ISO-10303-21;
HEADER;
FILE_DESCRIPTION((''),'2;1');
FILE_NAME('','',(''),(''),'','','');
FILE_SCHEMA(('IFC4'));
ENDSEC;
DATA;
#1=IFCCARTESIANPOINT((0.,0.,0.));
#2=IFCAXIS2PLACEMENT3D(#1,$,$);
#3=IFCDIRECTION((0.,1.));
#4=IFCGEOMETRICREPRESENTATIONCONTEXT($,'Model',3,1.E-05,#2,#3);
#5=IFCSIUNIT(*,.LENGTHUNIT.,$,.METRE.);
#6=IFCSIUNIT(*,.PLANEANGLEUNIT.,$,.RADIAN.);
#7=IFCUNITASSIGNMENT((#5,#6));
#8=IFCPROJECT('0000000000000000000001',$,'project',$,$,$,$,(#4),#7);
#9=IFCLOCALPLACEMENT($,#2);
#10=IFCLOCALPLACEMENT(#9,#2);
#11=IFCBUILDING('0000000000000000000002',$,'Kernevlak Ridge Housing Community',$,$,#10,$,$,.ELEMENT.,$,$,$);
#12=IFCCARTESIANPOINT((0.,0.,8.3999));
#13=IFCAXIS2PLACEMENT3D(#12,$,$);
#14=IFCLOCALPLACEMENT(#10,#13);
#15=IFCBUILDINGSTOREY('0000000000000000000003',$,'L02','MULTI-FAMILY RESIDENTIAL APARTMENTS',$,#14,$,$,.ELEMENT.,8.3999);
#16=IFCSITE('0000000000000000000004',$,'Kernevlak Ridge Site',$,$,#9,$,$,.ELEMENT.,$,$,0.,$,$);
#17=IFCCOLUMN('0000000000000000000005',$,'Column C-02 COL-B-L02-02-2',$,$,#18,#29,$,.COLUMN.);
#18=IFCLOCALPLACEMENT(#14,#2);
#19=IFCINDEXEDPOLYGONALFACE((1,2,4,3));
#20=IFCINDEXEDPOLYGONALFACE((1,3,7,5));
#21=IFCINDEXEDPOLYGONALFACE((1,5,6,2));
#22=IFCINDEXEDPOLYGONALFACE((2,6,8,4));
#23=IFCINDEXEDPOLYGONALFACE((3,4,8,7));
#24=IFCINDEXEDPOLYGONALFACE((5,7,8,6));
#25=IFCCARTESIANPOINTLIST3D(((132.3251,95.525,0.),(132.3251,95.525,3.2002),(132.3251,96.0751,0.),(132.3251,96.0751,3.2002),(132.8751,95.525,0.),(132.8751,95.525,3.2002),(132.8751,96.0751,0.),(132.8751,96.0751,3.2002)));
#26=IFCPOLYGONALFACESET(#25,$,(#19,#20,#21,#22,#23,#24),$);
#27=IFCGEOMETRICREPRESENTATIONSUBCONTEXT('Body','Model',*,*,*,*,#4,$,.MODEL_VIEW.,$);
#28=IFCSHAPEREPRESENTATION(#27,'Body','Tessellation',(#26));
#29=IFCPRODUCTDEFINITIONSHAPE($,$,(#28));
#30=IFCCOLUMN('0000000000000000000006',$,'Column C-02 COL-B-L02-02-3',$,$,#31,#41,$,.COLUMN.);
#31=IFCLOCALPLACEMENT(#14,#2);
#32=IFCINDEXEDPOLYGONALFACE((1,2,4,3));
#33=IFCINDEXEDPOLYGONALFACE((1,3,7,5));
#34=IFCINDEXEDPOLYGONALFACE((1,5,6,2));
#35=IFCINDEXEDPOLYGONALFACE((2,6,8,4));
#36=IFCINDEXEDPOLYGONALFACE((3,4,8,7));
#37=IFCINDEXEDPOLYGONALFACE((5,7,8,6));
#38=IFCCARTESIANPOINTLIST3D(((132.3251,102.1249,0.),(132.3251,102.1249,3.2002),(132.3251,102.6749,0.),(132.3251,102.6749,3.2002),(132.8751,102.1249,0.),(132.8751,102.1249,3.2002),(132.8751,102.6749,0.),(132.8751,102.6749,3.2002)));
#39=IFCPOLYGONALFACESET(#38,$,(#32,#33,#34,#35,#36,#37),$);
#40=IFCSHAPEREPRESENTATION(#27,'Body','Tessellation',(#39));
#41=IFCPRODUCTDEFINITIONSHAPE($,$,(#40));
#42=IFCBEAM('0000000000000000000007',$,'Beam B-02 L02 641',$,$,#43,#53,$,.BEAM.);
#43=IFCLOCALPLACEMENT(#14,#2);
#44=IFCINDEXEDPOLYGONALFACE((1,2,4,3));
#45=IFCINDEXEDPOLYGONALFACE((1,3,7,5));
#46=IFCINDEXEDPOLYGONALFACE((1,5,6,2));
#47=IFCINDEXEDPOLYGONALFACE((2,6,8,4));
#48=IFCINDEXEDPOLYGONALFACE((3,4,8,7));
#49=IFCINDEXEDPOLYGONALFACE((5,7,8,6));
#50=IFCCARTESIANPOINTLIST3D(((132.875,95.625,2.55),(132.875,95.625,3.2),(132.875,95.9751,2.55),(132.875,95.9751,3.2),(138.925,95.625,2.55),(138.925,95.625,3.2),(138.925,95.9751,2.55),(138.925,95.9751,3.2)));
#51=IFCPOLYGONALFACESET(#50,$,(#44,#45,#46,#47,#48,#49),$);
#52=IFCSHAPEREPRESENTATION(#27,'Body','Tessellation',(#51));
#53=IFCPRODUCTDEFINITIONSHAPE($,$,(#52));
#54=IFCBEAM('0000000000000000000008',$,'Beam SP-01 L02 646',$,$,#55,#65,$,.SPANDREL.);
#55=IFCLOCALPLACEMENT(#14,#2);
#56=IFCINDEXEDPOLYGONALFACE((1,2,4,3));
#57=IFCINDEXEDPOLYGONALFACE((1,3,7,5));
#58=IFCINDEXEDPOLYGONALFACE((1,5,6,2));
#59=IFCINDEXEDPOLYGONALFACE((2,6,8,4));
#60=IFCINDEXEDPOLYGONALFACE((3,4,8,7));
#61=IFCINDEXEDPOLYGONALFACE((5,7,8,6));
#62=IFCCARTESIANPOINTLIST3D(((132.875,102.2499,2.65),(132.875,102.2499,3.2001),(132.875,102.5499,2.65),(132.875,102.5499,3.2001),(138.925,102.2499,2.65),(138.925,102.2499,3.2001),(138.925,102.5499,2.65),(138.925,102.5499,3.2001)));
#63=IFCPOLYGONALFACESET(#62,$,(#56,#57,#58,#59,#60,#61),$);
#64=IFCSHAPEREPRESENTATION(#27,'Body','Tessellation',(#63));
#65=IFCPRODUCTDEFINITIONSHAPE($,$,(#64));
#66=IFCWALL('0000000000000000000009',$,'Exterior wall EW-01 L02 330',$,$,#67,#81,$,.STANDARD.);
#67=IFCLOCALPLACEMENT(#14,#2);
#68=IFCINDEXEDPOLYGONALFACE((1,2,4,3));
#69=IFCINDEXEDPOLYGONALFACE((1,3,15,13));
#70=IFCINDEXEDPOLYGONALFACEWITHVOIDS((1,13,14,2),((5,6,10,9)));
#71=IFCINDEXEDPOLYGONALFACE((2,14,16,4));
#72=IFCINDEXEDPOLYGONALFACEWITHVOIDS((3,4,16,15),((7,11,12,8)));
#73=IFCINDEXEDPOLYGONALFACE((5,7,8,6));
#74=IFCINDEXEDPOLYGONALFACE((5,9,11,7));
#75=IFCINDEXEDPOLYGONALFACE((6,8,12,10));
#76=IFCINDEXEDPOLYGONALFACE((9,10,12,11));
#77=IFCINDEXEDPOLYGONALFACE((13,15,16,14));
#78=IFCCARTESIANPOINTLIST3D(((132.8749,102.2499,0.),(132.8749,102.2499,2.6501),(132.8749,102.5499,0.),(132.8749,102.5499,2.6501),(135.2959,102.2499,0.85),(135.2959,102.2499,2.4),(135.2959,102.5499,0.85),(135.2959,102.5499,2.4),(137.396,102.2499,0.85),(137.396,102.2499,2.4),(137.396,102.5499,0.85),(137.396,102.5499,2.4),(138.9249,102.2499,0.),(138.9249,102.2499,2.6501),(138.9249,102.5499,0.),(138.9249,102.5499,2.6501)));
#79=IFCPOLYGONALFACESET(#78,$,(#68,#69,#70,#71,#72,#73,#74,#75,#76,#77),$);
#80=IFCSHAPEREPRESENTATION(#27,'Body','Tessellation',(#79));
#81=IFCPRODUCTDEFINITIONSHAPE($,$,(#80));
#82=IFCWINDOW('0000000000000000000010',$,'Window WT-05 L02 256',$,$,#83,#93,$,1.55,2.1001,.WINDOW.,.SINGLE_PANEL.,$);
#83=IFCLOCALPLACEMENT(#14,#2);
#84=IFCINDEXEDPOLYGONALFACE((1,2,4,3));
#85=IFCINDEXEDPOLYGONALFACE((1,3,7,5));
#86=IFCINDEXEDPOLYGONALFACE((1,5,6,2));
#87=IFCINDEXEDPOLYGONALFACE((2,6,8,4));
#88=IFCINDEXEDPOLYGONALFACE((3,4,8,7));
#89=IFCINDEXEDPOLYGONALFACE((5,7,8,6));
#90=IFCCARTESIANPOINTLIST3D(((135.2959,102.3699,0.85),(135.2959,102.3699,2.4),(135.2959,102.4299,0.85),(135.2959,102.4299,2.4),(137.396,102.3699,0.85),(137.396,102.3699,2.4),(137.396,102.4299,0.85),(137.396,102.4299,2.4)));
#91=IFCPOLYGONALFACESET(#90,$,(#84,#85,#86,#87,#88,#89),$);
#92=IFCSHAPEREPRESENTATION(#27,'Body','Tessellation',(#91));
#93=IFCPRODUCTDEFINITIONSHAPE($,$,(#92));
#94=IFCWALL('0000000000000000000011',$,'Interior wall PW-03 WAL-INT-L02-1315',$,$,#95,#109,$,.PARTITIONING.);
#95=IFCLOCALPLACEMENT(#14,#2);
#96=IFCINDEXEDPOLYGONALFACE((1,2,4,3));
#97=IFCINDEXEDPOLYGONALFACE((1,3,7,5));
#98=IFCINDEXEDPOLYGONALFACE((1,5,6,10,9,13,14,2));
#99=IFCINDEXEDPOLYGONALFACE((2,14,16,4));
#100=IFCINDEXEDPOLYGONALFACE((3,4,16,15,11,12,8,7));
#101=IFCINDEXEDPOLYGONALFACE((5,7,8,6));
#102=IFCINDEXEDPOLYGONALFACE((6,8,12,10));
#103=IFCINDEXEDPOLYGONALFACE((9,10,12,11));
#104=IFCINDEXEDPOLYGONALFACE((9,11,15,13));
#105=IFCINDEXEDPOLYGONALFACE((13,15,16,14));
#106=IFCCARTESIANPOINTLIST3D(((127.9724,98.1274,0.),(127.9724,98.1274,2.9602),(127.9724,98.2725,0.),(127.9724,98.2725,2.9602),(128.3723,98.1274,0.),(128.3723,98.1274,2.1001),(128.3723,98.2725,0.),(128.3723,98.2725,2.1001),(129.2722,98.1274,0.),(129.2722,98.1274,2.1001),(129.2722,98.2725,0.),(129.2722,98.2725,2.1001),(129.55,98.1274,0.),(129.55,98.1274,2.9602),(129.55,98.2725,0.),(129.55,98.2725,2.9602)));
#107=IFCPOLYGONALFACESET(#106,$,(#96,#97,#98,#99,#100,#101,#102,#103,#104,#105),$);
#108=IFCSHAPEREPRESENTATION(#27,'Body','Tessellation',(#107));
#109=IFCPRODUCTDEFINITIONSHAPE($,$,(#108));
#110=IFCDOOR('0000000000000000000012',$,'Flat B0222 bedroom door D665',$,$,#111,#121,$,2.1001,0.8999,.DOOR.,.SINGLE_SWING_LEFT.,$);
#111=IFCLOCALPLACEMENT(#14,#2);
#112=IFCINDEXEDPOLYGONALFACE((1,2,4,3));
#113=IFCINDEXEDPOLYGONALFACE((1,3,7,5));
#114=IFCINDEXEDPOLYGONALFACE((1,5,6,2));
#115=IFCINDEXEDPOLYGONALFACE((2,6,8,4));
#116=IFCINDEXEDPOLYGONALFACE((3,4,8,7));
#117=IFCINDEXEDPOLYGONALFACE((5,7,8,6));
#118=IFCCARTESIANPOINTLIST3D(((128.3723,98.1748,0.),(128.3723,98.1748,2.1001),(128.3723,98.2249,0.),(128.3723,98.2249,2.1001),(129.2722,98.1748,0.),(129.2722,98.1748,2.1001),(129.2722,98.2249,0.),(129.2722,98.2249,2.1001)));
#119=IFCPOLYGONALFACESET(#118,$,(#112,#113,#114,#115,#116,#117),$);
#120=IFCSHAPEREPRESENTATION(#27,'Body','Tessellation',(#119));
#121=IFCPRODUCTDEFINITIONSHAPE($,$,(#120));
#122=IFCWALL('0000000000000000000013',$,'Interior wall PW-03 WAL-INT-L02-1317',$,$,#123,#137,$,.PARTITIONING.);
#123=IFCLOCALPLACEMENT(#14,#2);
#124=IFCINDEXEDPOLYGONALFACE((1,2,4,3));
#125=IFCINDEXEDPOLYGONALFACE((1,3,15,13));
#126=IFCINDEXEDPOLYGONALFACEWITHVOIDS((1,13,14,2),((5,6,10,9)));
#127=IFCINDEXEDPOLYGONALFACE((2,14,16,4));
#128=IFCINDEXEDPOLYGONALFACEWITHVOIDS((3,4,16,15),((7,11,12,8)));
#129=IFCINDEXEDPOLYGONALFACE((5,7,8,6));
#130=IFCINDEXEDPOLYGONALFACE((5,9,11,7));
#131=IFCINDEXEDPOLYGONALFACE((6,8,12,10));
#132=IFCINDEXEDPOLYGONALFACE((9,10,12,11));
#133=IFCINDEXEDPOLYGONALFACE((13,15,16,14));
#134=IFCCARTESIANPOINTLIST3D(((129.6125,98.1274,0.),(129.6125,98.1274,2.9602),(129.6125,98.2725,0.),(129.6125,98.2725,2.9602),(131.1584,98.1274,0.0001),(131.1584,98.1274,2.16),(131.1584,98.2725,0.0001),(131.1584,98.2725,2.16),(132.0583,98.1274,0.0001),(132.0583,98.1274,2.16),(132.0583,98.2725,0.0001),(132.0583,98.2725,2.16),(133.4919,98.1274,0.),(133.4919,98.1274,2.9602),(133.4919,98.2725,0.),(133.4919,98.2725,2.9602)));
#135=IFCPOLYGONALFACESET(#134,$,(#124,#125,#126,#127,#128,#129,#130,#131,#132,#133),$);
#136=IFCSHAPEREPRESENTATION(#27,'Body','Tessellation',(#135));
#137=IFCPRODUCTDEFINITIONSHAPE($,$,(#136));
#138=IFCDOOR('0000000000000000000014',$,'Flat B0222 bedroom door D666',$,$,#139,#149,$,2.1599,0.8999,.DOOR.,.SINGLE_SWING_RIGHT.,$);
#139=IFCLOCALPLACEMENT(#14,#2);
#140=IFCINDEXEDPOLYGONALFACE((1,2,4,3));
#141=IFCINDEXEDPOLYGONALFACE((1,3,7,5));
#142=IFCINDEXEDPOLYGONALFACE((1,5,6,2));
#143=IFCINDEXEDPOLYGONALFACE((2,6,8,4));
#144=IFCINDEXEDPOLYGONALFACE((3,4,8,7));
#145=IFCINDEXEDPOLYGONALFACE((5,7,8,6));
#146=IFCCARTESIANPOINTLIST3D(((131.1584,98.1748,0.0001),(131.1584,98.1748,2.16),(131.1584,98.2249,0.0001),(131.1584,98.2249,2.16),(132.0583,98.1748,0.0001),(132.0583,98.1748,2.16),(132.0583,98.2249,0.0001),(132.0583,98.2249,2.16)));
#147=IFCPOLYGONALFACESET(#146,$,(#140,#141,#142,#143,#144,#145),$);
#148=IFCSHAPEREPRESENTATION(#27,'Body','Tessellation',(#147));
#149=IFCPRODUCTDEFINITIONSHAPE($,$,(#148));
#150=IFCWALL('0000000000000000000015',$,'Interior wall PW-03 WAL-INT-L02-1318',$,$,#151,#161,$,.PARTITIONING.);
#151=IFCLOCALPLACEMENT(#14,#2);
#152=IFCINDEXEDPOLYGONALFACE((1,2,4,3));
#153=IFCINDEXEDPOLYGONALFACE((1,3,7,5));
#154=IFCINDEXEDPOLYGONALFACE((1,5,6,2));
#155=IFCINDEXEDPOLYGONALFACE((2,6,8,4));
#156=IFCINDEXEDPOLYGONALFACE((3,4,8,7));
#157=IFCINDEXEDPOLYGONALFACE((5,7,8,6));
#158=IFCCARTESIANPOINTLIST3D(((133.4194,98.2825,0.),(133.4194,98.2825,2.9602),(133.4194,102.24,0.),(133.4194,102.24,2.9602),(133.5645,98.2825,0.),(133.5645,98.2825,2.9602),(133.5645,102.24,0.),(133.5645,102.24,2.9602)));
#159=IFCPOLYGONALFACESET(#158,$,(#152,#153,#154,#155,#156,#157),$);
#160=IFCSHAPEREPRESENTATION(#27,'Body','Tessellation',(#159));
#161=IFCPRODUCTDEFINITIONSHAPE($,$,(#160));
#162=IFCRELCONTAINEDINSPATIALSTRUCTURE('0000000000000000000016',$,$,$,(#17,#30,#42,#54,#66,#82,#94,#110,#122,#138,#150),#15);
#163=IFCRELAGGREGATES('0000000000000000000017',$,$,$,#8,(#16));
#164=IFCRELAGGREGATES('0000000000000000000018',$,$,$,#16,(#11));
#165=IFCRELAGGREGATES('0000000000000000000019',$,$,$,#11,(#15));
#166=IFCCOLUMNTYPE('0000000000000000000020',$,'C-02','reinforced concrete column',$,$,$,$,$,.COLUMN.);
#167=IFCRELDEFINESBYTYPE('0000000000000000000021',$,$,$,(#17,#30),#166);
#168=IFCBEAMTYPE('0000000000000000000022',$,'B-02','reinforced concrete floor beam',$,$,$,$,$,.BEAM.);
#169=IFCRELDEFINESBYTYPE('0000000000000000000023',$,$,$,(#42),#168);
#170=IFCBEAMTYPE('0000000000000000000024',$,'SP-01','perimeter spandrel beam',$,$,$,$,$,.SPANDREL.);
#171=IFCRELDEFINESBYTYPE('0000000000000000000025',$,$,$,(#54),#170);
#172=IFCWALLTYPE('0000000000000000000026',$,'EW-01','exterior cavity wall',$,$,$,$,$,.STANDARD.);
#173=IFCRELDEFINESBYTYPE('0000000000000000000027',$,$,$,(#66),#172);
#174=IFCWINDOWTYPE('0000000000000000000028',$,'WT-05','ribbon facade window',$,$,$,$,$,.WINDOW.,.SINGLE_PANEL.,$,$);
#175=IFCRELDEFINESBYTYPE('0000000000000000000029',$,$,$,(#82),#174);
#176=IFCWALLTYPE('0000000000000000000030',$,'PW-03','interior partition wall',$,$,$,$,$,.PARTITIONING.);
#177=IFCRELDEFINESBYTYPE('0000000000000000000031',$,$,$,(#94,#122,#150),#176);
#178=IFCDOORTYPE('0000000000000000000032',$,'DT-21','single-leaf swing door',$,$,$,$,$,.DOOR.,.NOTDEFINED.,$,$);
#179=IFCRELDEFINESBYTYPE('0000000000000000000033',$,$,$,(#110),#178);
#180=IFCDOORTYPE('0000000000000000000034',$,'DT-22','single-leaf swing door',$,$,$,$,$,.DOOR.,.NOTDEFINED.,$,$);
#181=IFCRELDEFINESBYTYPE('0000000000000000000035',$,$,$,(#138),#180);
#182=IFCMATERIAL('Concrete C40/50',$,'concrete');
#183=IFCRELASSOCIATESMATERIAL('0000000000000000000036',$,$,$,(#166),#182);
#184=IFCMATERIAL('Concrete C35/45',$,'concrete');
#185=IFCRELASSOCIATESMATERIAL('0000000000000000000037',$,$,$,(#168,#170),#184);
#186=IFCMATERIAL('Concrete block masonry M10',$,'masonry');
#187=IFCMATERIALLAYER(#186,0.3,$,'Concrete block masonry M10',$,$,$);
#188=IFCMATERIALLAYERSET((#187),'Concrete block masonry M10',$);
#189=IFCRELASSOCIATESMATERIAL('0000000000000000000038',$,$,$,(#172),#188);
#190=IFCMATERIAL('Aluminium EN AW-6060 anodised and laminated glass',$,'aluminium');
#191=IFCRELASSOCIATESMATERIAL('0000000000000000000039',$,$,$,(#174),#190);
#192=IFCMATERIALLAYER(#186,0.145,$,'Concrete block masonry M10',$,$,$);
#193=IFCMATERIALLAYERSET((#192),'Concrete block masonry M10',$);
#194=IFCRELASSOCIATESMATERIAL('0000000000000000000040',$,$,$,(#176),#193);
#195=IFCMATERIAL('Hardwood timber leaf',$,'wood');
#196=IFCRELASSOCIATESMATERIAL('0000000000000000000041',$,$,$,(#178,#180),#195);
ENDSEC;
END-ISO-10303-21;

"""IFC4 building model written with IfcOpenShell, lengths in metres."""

from ifc_helpers import new_model, si_unit, direction, frame, frame_2d, origin, origin_2d, place, context, subcontext, project, spatial, rectangle, extrude, material, layer, layer_set, material_profile, profile_set, type_object, element, fill, save


model = new_model("IFC4")

# Units and contexts
model_context = context("Model", 3, precision=1e-05, world=origin(), true_north=direction((0.0, 1.0)))
body_context = subcontext(model_context, "Body", "Model", "MODEL_VIEW")
ifc_project = project(units=[si_unit("LENGTHUNIT", "METRE"), si_unit("PLANEANGLEUNIT", "RADIAN")], contexts=[model_context])

# Site, building, storey
site_placement = place(None, origin())
site = spatial("IfcSite", under=ifc_project, at=site_placement, Name="Kernevlak Ridge Site", CompositionType="ELEMENT", RefElevation=0.0)
building_placement = place(site_placement, origin())
building = spatial("IfcBuilding", under=site, at=building_placement, Name="Kernevlak Ridge Housing Community", CompositionType="ELEMENT")
storey_placement = place(building_placement, frame((0.0, 0.0, 8.3999)))
storey = spatial("IfcBuildingStorey", under=building, at=storey_placement, Name="L02", Description="MULTI-FAMILY RESIDENTIAL APARTMENTS", CompositionType="ELEMENT", Elevation=8.3999)

# Columns
ifc_material_1 = material(Name="Concrete C40/50", Category="concrete")
ifc_material_profile_1 = material_profile(ifc_material_1, rectangle(XDim=0.55, YDim=0.55, at=origin_2d()), Name="RC 550x550")
ifc_profile_set_1 = profile_set([ifc_material_profile_1], Name="Concrete C40/50")
column_type = type_object("IfcColumnType", Name="C-02", Description="reinforced concrete column", PredefinedType="COLUMN", material=ifc_profile_set_1)
for number, where, z_axis, x_axis, name in (
    (1, (132.6001, 95.8, 0.0), (0.0, 0.0, 1.0), (1.0, 0.0, 0.0), "Column C-02 COL-B-L02-02-2"),
    (2, (132.6001, 102.3999, 0.0), (0.0, 0.0, 1.0), (1.0, 0.0, 0.0), "Column C-02 COL-B-L02-02-3"),
):
    element("IfcColumn", number, at=place(storey_placement, frame(where, z_axis=z_axis, x_axis=x_axis)), inside=storey, type_object=column_type, Name=name, PredefinedType="COLUMN", context=body_context, shape_type="SweptSolid", body=[
        extrude(rectangle(XDim=0.55, YDim=0.55, at=origin_2d()), origin(), (0.0, 0.0, 1.0), 3.2002),
    ])

# Beams
ifc_material_2 = material(Name="Concrete C35/45", Category="concrete")
ifc_material_profile_2 = material_profile(ifc_material_2, rectangle(XDim=0.3501, YDim=0.6499, at=origin_2d()), Name="RC 350x650")
ifc_profile_set_2 = profile_set([ifc_material_profile_2], Name="Concrete C35/45")
beam_type_1 = type_object("IfcBeamType", Name="B-02", Description="reinforced concrete floor beam", PredefinedType="BEAM", material=ifc_profile_set_2)
beam_1_placement = place(storey_placement, frame((132.875, 95.8, 2.875), z_axis=(1.0, 0.0, 0.0), x_axis=(0.0, 1.0, 0.0)))
element("IfcBeam", 3, at=beam_1_placement, inside=storey, type_object=beam_type_1, Name="Beam B-02 L02 641", PredefinedType="BEAM", context=body_context, shape_type="SweptSolid", body=[
    extrude(rectangle(XDim=0.3501, YDim=0.6499, at=origin_2d()), origin(), (0.0, 0.0, 1.0), 6.05),
])
ifc_material_profile_3 = material_profile(ifc_material_2, rectangle(XDim=0.3, YDim=0.55, at=origin_2d()), Name="RC 300x550")
ifc_profile_set_3 = profile_set([ifc_material_profile_3], Name="Concrete C35/45")
beam_type_2 = type_object("IfcBeamType", Name="SP-01", Description="perimeter spandrel beam", PredefinedType="SPANDREL", material=ifc_profile_set_3)
beam_2_placement = place(storey_placement, frame((132.875, 102.3999, 2.925), z_axis=(1.0, 0.0, 0.0), x_axis=(0.0, 1.0, 0.0)))
element("IfcBeam", 4, at=beam_2_placement, inside=storey, type_object=beam_type_2, Name="Beam SP-01 L02 646", PredefinedType="SPANDREL", context=body_context, shape_type="SweptSolid", body=[
    extrude(rectangle(XDim=0.3, YDim=0.55, at=origin_2d()), origin(), (0.0, 0.0, 1.0), 6.05),
])

# Wall, opening, window
ifc_material_3 = material(Name="Concrete block masonry M10", Category="masonry")
ifc_layer_1 = layer(ifc_material_3, 0.3, Name="Concrete block masonry M10")
ifc_layer_set_1 = layer_set([ifc_layer_1], Name="Concrete block masonry M10")
wall_type_1 = type_object("IfcWallType", Name="EW-01", Description="exterior cavity wall", PredefinedType="STANDARD", material=ifc_layer_set_1)
wall_1_placement = place(storey_placement, frame((132.875, 102.3999, 0.0), z_axis=(0.0, 0.0, 1.0), x_axis=(1.0, 0.0, 0.0)))
wall_1 = element("IfcWall", 5, at=wall_1_placement, inside=storey, type_object=wall_type_1, Name="Exterior wall EW-01 L02 330", PredefinedType="STANDARD", context=body_context, shape_type="SweptSolid", body=[
    extrude(rectangle(XDim=6.05, YDim=0.3, at=frame_2d((3.0249, 0.0))), origin(), (0.0, 0.0, 1.0), 2.6501),
])
opening_1_placement = place(wall_1_placement, frame((2.4209, 0.0, 0.8501)))
opening_1 = element("IfcOpeningElement", 6, at=opening_1_placement, cuts=wall_1, PredefinedType="OPENING", context=body_context, shape_type="SweptSolid", body=[
    extrude(rectangle(XDim=2.1001, YDim=1.55, at=frame_2d((1.05, 0.7749))), frame((0.0, 0.1599, 0.0), z_axis=(0.0, -1.0, 0.0), x_axis=(1.0, 0.0, 0.0)), (0.0, 0.0, 1.0), 0.3201),
])
ifc_material_4 = material(Name="Aluminium EN AW-6060 anodised and laminated glass", Category="aluminium")
window_type = type_object("IfcWindowType", Name="WT-05", Description="ribbon facade window", PartitioningType="SINGLE_PANEL", PredefinedType="WINDOW", material=ifc_material_4)
window_placement = place(opening_1_placement, origin())
window = element("IfcWindow", 7, at=window_placement, inside=storey, type_object=window_type, Name="Window WT-05 L02 256", OverallHeight=1.55, OverallWidth=2.1001, PartitioningType="SINGLE_PANEL", PredefinedType="WINDOW", context=body_context, shape_type="SweptSolid", body=[
    extrude(rectangle(XDim=2.1001, YDim=1.55, at=frame_2d((1.05, 0.7749))), frame((0.0, 0.03, 0.0), z_axis=(0.0, -1.0, 0.0), x_axis=(1.0, 0.0, 0.0)), (0.0, 0.0, 1.0), 0.0601),
])
fill(opening_1, window)

# Walls, openings, doors
ifc_layer_2 = layer(ifc_material_3, 0.145, Name="Concrete block masonry M10")
ifc_layer_set_2 = layer_set([ifc_layer_2], Name="Concrete block masonry M10")
wall_type_2 = type_object("IfcWallType", Name="PW-03", Description="interior partition wall", PredefinedType="PARTITIONING", material=ifc_layer_set_2)
wall_2_placement = place(storey_placement, frame((127.9724, 98.2, 0.0), z_axis=(0.0, 0.0, 1.0), x_axis=(1.0, 0.0, 0.0)))
wall_2 = element("IfcWall", 8, at=wall_2_placement, inside=storey, type_object=wall_type_2, Name="Interior wall PW-03 WAL-INT-L02-1315", PredefinedType="PARTITIONING", context=body_context, shape_type="SweptSolid", body=[
    extrude(rectangle(XDim=1.5776, YDim=0.145, at=frame_2d((0.7888, 0.0))), origin(), (0.0, 0.0, 1.0), 2.9602),
])
opening_2_placement = place(wall_2_placement, frame((0.3999, 0.0, 0.0)))
opening_2 = element("IfcOpeningElement", 9, at=opening_2_placement, cuts=wall_2, PredefinedType="OPENING", context=body_context, shape_type="SweptSolid", body=[
    extrude(rectangle(XDim=0.8999, YDim=2.1001, at=frame_2d((0.45, 1.05))), frame((0.0, 0.0825, 0.0), z_axis=(0.0, -1.0, 0.0), x_axis=(1.0, 0.0, 0.0)), (0.0, 0.0, 1.0), 0.165),
])
ifc_material_5 = material(Name="Hardwood timber leaf", Category="wood")
door_type_1 = type_object("IfcDoorType", Name="DT-21", Description="single-leaf swing door", OperationType="NOTDEFINED", PredefinedType="DOOR", material=ifc_material_5)
door_1_placement = place(opening_2_placement, origin())
door_1 = element("IfcDoor", 10, at=door_1_placement, inside=storey, type_object=door_type_1, Name="Flat B0222 bedroom door D665", OperationType="SINGLE_SWING_LEFT", OverallHeight=2.1001, OverallWidth=0.8999, PredefinedType="DOOR", context=body_context, shape_type="SweptSolid", body=[
    extrude(rectangle(XDim=0.8999, YDim=2.1001, at=frame_2d((0.45, 1.05))), frame((0.0, 0.0249, 0.0), z_axis=(0.0, -1.0, 0.0), x_axis=(1.0, 0.0, 0.0)), (0.0, 0.0, 1.0), 0.05),
])
fill(opening_2, door_1)
wall_3_placement = place(storey_placement, frame((129.6125, 98.2, 0.0), z_axis=(0.0, 0.0, 1.0), x_axis=(1.0, 0.0, 0.0)))
wall_3 = element("IfcWall", 11, at=wall_3_placement, inside=storey, type_object=wall_type_2, Name="Interior wall PW-03 WAL-INT-L02-1317", PredefinedType="PARTITIONING", context=body_context, shape_type="SweptSolid", body=[
    extrude(rectangle(XDim=3.8794, YDim=0.145, at=frame_2d((1.9397, 0.0))), origin(), (0.0, 0.0, 1.0), 2.9602),
])
opening_3_placement = place(wall_3_placement, frame((1.5459, 0.0, 0.0)))
opening_3 = element("IfcOpeningElement", 12, at=opening_3_placement, cuts=wall_3, PredefinedType="OPENING", context=body_context, shape_type="SweptSolid", body=[
    extrude(rectangle(XDim=0.8999, YDim=2.1599, at=frame_2d((0.45, 1.0801))), frame((0.0, 0.0825, 0.0), z_axis=(0.0, -1.0, 0.0), x_axis=(1.0, 0.0, 0.0)), (0.0, 0.0, 1.0), 0.165),
])
door_type_2 = type_object("IfcDoorType", Name="DT-22", Description="single-leaf swing door", OperationType="NOTDEFINED", PredefinedType="DOOR", material=ifc_material_5)
door_2_placement = place(opening_3_placement, origin())
door_2 = element("IfcDoor", 13, at=door_2_placement, inside=storey, type_object=door_type_2, Name="Flat B0222 bedroom door D666", OperationType="SINGLE_SWING_RIGHT", OverallHeight=2.1599, OverallWidth=0.8999, PredefinedType="DOOR", context=body_context, shape_type="SweptSolid", body=[
    extrude(rectangle(XDim=0.8999, YDim=2.1599, at=frame_2d((0.45, 1.0801))), frame((0.0, 0.0249, 0.0), z_axis=(0.0, -1.0, 0.0), x_axis=(1.0, 0.0, 0.0)), (0.0, 0.0, 1.0), 0.05),
])
fill(opening_3, door_2)

# Wall
wall_4_placement = place(storey_placement, frame((133.4919, 98.2825, 0.0), z_axis=(0.0, 0.0, 1.0), x_axis=(0.0, 1.0, 0.0)))
element("IfcWall", 14, at=wall_4_placement, inside=storey, type_object=wall_type_2, Name="Interior wall PW-03 WAL-INT-L02-1318", PredefinedType="PARTITIONING", context=body_context, shape_type="SweptSolid", body=[
    extrude(rectangle(XDim=3.9575, YDim=0.145, at=frame_2d((1.9788, 0.0))), origin(), (0.0, 0.0, 1.0), 2.9602),
])

save(model, "model.ifc")
